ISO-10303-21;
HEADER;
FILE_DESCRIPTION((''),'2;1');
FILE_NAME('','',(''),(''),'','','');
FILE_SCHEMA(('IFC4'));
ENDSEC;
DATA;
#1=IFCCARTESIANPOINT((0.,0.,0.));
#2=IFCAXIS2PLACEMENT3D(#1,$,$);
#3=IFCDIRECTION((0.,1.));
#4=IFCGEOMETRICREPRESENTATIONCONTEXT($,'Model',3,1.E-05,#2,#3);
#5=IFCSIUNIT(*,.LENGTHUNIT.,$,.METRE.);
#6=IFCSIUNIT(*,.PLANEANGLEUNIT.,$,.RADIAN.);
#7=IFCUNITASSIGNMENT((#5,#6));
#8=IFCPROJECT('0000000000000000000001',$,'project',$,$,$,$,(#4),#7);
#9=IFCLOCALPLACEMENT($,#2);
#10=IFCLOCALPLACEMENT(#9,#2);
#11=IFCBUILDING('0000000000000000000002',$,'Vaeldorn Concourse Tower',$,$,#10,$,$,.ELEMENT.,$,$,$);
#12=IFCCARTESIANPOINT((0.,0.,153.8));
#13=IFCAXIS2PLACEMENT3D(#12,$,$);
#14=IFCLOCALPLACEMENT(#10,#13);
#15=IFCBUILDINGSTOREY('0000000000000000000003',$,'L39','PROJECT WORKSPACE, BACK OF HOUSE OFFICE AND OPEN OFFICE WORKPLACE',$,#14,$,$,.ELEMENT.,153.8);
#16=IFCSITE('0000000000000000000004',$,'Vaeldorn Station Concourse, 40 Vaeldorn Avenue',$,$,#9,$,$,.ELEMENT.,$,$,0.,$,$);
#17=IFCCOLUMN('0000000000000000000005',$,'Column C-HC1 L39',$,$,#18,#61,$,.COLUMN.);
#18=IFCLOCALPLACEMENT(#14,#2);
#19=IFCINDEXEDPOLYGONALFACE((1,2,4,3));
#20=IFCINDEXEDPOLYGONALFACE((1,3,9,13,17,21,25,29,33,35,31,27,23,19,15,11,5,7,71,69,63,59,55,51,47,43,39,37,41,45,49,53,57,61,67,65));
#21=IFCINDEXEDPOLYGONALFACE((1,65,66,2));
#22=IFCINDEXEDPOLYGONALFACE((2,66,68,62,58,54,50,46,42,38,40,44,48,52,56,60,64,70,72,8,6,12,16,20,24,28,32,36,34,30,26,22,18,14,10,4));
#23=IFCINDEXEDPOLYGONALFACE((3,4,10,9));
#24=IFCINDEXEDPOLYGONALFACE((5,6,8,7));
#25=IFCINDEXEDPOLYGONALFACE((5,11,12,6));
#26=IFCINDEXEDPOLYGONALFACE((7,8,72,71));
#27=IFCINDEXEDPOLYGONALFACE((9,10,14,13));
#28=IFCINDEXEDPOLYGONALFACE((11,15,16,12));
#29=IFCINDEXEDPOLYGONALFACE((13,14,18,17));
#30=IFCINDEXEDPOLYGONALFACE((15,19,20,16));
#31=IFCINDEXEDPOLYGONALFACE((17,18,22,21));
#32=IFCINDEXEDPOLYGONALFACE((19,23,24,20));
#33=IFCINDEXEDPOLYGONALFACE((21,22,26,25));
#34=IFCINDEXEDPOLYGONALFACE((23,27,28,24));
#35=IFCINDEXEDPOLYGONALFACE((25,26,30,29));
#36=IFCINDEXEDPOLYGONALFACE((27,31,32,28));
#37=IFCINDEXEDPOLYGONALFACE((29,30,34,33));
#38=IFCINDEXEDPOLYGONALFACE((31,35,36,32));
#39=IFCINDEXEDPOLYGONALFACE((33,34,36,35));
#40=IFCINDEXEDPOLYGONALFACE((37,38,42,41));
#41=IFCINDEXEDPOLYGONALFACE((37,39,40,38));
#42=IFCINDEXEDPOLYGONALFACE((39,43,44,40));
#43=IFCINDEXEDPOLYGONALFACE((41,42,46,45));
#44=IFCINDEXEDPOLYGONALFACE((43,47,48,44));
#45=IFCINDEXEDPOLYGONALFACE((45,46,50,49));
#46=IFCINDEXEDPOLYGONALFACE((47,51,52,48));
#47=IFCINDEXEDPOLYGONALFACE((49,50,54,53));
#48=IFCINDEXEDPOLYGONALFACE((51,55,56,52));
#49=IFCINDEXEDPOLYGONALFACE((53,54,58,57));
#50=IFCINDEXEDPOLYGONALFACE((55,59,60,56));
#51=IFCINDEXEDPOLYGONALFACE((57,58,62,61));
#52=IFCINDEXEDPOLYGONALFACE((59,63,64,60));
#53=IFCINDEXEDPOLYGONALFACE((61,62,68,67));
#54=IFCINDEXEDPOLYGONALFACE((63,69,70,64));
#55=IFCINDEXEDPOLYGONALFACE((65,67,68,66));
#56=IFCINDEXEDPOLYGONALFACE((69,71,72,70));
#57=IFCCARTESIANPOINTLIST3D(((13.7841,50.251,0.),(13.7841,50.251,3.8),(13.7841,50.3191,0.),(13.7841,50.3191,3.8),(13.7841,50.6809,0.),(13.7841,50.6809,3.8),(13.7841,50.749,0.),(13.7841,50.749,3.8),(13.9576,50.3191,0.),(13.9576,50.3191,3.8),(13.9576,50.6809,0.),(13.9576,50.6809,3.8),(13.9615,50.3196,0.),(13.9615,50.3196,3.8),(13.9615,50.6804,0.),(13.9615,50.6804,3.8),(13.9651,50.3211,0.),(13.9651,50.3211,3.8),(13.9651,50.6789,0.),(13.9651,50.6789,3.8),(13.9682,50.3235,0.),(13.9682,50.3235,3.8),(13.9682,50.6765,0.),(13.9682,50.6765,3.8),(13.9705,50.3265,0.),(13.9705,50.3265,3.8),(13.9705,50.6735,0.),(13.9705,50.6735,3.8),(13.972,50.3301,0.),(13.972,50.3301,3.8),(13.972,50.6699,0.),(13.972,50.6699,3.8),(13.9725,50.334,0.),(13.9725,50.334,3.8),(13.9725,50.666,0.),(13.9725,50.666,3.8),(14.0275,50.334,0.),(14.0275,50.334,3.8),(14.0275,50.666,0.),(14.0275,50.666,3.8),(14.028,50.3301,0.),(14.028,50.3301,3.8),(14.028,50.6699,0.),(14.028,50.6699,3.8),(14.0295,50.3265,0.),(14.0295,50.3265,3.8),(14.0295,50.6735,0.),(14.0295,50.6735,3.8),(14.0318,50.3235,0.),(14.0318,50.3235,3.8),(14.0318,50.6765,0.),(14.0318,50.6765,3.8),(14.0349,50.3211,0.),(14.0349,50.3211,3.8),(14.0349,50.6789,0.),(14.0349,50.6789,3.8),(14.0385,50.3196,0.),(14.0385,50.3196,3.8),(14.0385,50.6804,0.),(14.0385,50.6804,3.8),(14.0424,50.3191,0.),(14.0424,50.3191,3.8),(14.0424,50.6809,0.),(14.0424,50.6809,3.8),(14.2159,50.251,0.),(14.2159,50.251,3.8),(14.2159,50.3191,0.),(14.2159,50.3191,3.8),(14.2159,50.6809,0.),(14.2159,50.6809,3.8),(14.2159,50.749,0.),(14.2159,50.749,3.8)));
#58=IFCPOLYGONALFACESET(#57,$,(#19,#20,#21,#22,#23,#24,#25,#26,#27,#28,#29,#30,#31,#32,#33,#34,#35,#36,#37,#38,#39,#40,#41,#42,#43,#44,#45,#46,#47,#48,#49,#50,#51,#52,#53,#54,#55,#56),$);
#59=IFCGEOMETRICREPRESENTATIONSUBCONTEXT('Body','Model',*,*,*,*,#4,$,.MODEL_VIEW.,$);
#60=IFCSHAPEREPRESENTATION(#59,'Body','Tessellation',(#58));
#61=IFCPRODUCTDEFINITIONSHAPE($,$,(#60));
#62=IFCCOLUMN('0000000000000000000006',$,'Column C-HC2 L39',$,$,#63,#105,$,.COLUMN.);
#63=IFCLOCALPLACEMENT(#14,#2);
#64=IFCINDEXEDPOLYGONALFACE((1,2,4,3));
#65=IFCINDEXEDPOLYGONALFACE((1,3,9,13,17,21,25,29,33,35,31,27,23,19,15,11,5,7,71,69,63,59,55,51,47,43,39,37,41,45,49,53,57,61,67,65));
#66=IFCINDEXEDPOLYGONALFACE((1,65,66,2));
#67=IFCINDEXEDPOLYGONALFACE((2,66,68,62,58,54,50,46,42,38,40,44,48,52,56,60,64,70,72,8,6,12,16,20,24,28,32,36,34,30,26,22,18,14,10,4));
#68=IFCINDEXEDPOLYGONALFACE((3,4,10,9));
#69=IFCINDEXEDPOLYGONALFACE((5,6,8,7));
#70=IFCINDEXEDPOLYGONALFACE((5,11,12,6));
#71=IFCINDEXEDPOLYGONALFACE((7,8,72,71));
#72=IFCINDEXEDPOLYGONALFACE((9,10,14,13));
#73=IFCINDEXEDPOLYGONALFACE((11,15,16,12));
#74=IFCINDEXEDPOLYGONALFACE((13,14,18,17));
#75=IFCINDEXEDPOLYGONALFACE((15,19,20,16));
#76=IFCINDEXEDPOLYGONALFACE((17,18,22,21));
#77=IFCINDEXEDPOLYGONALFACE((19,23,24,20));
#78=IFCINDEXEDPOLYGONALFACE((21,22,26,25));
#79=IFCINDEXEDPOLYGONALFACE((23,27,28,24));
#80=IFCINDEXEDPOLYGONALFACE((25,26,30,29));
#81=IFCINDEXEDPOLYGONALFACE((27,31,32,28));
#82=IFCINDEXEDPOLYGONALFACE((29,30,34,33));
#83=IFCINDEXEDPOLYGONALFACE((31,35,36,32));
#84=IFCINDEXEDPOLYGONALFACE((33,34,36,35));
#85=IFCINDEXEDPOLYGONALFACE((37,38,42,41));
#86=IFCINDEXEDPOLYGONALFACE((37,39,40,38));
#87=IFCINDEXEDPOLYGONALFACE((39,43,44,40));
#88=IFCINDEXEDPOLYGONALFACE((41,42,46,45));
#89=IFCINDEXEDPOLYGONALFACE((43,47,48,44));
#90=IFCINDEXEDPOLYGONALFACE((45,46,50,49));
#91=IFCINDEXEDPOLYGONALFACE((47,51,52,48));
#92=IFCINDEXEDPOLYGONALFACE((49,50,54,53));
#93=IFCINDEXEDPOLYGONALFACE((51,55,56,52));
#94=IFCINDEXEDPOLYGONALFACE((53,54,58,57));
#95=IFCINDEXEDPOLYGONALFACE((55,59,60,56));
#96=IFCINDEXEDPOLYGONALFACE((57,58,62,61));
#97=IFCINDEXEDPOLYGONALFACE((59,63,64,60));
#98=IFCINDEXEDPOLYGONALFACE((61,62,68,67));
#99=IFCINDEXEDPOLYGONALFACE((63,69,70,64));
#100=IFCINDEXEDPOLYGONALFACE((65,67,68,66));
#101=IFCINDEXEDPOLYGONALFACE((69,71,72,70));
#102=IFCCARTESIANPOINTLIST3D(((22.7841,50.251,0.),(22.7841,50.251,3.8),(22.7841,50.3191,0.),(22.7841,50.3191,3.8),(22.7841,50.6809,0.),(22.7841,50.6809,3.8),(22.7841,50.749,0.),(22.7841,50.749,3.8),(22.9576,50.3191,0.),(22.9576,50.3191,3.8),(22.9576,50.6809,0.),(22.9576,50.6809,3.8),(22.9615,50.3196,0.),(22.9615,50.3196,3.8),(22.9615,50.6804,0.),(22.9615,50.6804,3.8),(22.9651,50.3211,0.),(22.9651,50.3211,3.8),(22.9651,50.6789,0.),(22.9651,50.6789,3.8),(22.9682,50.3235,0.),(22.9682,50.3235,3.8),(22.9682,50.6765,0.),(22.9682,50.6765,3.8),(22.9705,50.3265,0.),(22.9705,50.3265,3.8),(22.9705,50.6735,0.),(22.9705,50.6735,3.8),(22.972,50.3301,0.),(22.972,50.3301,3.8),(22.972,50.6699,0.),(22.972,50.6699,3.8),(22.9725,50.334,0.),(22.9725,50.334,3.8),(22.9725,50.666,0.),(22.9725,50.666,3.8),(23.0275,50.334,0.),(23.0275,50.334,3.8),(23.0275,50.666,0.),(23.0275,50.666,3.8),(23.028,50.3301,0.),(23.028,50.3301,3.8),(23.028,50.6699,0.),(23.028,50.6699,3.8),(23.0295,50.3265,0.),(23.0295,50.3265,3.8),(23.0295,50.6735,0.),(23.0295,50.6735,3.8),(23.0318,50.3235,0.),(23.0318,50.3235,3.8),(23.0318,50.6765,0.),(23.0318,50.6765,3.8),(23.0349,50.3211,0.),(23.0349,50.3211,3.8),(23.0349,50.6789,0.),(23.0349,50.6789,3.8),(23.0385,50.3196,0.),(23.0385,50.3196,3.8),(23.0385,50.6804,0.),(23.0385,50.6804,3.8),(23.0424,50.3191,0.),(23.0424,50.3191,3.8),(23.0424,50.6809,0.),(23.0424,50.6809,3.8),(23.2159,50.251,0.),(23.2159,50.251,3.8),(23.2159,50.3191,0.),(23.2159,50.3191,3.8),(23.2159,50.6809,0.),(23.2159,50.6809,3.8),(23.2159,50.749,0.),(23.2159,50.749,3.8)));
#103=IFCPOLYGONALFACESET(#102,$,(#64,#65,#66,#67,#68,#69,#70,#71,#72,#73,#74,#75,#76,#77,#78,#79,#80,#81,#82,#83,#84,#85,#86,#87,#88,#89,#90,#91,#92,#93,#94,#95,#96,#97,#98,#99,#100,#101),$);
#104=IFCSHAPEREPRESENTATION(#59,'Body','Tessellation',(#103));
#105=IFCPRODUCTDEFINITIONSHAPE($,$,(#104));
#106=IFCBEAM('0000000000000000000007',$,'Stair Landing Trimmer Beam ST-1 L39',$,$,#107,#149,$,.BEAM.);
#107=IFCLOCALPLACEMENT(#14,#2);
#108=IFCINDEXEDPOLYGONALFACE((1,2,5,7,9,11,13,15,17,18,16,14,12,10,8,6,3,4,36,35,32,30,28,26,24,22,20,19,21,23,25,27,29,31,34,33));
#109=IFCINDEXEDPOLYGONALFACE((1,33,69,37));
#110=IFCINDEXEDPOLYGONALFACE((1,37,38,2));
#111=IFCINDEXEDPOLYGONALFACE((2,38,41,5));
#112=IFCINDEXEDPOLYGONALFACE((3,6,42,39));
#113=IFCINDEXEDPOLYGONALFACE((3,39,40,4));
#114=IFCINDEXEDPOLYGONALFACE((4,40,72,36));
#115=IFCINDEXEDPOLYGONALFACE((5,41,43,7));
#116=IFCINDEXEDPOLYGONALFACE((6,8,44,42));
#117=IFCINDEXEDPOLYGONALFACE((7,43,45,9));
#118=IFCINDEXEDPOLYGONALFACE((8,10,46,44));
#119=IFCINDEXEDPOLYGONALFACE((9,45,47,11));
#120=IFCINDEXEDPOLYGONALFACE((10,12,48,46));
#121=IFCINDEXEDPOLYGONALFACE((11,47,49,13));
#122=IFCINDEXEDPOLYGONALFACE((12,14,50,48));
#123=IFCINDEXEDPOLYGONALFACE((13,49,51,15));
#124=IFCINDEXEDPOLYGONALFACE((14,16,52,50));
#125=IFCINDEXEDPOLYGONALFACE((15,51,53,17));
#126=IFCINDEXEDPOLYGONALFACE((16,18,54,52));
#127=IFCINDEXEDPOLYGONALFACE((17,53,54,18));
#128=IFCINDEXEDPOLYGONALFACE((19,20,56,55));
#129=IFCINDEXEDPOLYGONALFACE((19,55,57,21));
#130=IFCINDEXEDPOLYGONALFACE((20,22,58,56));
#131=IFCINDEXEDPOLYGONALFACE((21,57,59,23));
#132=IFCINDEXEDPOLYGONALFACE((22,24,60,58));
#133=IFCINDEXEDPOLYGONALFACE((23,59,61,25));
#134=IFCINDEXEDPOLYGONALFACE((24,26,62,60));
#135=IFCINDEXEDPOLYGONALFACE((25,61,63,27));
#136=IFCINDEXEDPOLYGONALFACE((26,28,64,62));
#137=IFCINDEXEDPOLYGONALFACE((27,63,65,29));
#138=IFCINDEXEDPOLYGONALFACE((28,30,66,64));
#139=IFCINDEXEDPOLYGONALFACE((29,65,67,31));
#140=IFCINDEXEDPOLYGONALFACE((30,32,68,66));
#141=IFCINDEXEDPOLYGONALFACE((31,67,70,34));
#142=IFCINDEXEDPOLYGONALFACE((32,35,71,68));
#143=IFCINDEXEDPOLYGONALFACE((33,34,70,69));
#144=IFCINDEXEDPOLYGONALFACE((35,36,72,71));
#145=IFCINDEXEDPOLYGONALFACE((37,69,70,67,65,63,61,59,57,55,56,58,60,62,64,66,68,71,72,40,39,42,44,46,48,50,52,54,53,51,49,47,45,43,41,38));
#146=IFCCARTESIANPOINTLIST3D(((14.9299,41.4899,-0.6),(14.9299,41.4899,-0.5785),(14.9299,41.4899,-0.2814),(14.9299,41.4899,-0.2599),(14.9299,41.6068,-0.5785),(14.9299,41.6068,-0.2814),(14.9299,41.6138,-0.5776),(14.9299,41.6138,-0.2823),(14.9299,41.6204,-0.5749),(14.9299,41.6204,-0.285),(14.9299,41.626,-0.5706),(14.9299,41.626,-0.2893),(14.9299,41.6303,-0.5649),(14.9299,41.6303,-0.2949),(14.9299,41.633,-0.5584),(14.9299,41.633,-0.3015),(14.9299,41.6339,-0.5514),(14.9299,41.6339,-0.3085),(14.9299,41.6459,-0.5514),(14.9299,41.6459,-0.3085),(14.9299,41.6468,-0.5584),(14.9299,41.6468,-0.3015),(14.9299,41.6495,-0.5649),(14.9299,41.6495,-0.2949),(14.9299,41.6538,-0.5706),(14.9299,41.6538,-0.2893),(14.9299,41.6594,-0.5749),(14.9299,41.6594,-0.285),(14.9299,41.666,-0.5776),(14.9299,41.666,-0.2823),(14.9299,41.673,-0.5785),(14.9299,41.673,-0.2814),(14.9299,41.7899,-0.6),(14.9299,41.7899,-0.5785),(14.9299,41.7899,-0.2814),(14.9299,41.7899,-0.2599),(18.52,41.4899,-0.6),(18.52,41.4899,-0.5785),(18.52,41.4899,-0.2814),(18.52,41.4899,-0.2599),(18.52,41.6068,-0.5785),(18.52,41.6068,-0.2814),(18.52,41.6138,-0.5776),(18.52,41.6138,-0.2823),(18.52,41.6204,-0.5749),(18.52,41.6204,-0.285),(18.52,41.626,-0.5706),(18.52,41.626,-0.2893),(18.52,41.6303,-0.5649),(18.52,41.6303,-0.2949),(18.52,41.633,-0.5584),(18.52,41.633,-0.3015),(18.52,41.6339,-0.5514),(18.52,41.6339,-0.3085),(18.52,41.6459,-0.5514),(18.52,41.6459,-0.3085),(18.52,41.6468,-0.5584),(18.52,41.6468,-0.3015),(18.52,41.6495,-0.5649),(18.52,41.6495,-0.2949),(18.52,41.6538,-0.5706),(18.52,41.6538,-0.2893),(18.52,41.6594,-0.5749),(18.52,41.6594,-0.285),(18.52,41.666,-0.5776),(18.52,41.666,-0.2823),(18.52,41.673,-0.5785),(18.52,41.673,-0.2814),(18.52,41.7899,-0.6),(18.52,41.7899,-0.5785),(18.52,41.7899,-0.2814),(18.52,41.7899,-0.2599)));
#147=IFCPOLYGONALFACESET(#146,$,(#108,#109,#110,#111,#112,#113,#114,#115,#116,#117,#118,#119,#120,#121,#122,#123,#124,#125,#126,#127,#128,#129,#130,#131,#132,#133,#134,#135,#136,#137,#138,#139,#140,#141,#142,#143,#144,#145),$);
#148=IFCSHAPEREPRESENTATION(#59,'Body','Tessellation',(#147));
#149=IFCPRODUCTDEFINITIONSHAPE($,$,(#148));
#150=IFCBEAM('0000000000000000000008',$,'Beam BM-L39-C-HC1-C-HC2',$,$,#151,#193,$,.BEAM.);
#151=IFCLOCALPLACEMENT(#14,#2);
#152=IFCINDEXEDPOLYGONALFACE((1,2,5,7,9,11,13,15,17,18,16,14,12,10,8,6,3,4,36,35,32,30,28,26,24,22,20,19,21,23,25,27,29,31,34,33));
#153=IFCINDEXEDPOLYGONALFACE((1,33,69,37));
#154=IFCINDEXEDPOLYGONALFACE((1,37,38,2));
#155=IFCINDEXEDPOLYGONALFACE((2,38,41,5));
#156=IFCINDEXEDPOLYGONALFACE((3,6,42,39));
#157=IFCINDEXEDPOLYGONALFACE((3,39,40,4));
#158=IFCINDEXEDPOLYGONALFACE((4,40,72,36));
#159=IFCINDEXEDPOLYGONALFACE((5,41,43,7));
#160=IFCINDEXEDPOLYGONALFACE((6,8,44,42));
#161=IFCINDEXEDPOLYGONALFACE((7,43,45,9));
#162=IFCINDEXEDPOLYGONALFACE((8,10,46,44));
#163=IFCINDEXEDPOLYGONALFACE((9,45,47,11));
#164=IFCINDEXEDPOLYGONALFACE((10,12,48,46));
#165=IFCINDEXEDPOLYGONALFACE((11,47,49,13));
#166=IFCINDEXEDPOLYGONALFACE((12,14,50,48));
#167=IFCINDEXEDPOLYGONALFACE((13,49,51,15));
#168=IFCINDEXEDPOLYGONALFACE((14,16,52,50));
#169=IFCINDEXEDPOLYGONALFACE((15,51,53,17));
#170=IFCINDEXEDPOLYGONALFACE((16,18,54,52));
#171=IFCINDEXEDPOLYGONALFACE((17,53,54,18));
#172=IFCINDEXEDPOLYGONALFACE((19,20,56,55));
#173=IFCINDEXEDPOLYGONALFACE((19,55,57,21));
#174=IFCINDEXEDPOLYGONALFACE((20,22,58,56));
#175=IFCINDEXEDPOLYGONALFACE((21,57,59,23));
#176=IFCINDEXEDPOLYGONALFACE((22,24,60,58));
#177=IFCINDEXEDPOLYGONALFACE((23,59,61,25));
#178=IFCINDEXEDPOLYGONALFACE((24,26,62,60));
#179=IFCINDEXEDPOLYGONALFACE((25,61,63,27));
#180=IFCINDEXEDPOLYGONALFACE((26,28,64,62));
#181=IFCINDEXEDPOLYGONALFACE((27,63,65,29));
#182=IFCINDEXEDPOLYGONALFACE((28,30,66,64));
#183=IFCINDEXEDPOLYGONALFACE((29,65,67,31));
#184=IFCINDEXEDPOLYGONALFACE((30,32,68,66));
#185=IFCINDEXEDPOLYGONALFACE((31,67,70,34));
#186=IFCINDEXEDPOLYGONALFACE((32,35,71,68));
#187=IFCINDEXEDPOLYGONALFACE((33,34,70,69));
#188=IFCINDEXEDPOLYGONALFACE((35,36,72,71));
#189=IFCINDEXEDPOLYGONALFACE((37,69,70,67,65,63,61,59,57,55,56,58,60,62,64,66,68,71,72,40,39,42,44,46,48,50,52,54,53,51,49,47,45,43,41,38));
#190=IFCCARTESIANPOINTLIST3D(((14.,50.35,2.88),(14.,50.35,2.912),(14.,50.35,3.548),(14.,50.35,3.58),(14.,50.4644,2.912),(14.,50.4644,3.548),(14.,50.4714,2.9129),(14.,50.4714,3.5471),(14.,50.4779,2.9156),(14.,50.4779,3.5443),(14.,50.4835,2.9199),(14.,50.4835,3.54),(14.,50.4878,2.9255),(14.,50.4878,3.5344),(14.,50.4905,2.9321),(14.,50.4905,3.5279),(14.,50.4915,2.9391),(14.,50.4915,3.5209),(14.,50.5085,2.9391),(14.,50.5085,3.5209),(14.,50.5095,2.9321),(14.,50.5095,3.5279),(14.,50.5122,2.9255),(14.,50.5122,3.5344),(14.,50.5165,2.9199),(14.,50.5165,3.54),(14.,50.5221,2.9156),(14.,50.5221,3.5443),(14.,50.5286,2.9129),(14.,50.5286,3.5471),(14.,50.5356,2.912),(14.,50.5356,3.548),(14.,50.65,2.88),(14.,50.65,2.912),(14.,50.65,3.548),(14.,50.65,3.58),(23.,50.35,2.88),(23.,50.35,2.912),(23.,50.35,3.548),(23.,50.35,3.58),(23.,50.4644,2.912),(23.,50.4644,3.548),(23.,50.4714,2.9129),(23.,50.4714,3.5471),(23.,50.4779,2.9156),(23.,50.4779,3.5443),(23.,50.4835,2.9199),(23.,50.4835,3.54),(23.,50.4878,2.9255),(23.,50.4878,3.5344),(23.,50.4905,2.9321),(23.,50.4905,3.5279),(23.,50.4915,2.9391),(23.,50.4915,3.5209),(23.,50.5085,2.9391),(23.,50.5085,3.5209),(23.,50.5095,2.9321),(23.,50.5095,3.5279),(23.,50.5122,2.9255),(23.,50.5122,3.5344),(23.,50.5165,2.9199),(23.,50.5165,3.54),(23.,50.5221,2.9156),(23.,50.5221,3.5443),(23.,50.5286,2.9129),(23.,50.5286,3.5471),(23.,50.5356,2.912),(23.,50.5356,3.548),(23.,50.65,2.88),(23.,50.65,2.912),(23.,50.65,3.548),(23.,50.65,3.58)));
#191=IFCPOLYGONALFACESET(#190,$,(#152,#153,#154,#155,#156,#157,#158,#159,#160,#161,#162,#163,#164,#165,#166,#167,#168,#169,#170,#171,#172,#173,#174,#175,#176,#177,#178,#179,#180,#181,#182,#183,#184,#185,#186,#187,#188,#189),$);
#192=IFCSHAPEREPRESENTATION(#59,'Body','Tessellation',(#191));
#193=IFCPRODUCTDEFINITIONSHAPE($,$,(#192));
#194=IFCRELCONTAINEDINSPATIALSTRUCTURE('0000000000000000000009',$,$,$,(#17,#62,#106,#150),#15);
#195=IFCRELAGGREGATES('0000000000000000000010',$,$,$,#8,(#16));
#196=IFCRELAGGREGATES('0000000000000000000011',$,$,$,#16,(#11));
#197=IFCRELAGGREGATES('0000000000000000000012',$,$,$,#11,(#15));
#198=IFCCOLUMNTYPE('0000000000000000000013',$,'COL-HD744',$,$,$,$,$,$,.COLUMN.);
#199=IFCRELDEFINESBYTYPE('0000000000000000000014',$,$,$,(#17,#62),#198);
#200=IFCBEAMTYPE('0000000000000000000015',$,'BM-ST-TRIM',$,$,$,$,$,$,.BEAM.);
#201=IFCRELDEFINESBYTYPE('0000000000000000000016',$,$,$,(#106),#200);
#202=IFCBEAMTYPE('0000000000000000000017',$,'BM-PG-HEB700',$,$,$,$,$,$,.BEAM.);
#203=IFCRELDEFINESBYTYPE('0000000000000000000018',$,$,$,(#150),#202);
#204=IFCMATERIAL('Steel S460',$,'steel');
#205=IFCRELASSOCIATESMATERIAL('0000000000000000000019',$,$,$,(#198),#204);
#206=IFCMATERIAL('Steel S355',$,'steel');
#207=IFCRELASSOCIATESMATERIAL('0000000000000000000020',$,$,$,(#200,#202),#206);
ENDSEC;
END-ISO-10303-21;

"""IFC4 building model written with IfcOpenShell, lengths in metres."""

from ifc_helpers import new_model, si_unit, direction, frame, origin, origin_2d, place, context, subcontext, project, spatial, i_section, extrude, source, transform, mapped, material, material_profile, profile_set, type_object, element, save


model = new_model("IFC4")

# Units and contexts
model_context = context("Model", 3, precision=1e-05, world=origin(), true_north=direction((0.0, 1.0)))
body_context = subcontext(model_context, "Body", "Model", "MODEL_VIEW")
ifc_project = project(units=[si_unit("LENGTHUNIT", "METRE"), si_unit("PLANEANGLEUNIT", "RADIAN")], contexts=[model_context])

# Site, building, storey
site_placement = place(None, origin())
site = spatial("IfcSite", under=ifc_project, at=site_placement, Name="Vaeldorn Station Concourse, 40 Vaeldorn Avenue", CompositionType="ELEMENT", RefElevation=0.0)
building_placement = place(site_placement, origin())
building = spatial("IfcBuilding", under=site, at=building_placement, Name="Vaeldorn Concourse Tower", CompositionType="ELEMENT")
storey_placement = place(building_placement, frame((0.0, 0.0, 153.8)))
storey = spatial("IfcBuildingStorey", under=building, at=storey_placement, Name="L39", Description="PROJECT WORKSPACE, BACK OF HOUSE OFFICE AND OPEN OFFICE WORKPLACE", CompositionType="ELEMENT", Elevation=153.8)

# Columns
ifc_material_1 = material(Name="Steel S460", Category="steel")
ifc_material_profile_1 = material_profile(ifc_material_1, i_section(OverallWidth=0.4319, OverallDepth=0.498, WebThickness=0.0549, FlangeThickness=0.0681, FilletRadius=0.0149, at=origin_2d()), Name="HD 400x744")
ifc_profile_set_1 = profile_set([ifc_material_profile_1], Name="Steel S460")
column_type = type_object("IfcColumnType", Name="COL-HD744", PredefinedType="COLUMN", material=ifc_profile_set_1)
shared_shape_1 = source(origin(), body_context, "Body", "SweptSolid", [
    extrude(i_section(OverallWidth=0.4319, OverallDepth=0.498, WebThickness=0.0549, FlangeThickness=0.0681, FilletRadius=0.0149, at=origin_2d()), origin(), (0.0, 0.0, 1.0), 3.8),
])
for number, where, z_axis, x_axis, name in (
    (1, (14.0, 50.5, 0.0), (0.0, 0.0, 1.0), (1.0, 0.0, 0.0), "Column C-HC1 L39"),
    (2, (23.0, 50.5, 0.0), (0.0, 0.0, 1.0), (1.0, 0.0, 0.0), "Column C-HC2 L39"),
):
    element("IfcColumn", number, at=place(storey_placement, frame(where, z_axis=z_axis, x_axis=x_axis)), inside=storey, type_object=column_type, Name=name, PredefinedType="COLUMN", context=body_context, shape_type="MappedRepresentation", body=[
        mapped(shared_shape_1, transform((0.0, 0.0, 0.0), scale=1.0)),
    ])

# Beams
ifc_material_2 = material(Name="Steel S355", Category="steel")
ifc_material_profile_2 = material_profile(ifc_material_2, i_section(OverallWidth=0.3, OverallDepth=0.3401, WebThickness=0.012, FlangeThickness=0.0215, FilletRadius=0.0271, at=origin_2d()), Name="HEB 340")
ifc_profile_set_2 = profile_set([ifc_material_profile_2], Name="Steel S355")
beam_type_1 = type_object("IfcBeamType", Name="BM-ST-TRIM", PredefinedType="BEAM", material=ifc_profile_set_2)
shared_shape_2 = source(origin(), body_context, "Body", "SweptSolid", [
    extrude(i_section(OverallWidth=0.3, OverallDepth=0.3401, WebThickness=0.012, FlangeThickness=0.0215, FilletRadius=0.0271, at=origin_2d()), origin(), (0.0, 0.0, 1.0), 3.5901),
])
beam_1_placement = place(storey_placement, frame((14.9299, 41.6399, -0.4299), z_axis=(1.0, 0.0, 0.0), x_axis=(0.0, 1.0, 0.0)))
element("IfcBeam", 3, at=beam_1_placement, inside=storey, type_object=beam_type_1, Name="Stair Landing Trimmer Beam ST-1 L39", PredefinedType="BEAM", context=body_context, shape_type="MappedRepresentation", body=[
    mapped(shared_shape_2, transform((0.0, 0.0, 0.0), scale=1.0)),
])
ifc_material_profile_3 = material_profile(ifc_material_2, i_section(OverallWidth=0.3, OverallDepth=0.7, WebThickness=0.0171, FlangeThickness=0.032, FilletRadius=0.0271, at=origin_2d()), Name="HEB 700")
ifc_profile_set_3 = profile_set([ifc_material_profile_3], Name="Steel S355")
beam_type_2 = type_object("IfcBeamType", Name="BM-PG-HEB700", PredefinedType="BEAM", material=ifc_profile_set_3)
shared_shape_3 = source(origin(), body_context, "Body", "SweptSolid", [
    extrude(i_section(OverallWidth=0.3, OverallDepth=0.7, WebThickness=0.0171, FlangeThickness=0.032, FilletRadius=0.0271, at=origin_2d()), origin(), (0.0, 0.0, 1.0), 9.0),
])
beam_2_placement = place(storey_placement, frame((14.0, 50.5, 3.23), z_axis=(1.0, 0.0, 0.0), x_axis=(0.0, 1.0, 0.0)))
element("IfcBeam", 4, at=beam_2_placement, inside=storey, type_object=beam_type_2, Name="Beam BM-L39-C-HC1-C-HC2", PredefinedType="BEAM", context=body_context, shape_type="MappedRepresentation", body=[
    mapped(shared_shape_3, transform((0.0, 0.0, 0.0), scale=1.0)),
])

save(model, "model.ifc")
